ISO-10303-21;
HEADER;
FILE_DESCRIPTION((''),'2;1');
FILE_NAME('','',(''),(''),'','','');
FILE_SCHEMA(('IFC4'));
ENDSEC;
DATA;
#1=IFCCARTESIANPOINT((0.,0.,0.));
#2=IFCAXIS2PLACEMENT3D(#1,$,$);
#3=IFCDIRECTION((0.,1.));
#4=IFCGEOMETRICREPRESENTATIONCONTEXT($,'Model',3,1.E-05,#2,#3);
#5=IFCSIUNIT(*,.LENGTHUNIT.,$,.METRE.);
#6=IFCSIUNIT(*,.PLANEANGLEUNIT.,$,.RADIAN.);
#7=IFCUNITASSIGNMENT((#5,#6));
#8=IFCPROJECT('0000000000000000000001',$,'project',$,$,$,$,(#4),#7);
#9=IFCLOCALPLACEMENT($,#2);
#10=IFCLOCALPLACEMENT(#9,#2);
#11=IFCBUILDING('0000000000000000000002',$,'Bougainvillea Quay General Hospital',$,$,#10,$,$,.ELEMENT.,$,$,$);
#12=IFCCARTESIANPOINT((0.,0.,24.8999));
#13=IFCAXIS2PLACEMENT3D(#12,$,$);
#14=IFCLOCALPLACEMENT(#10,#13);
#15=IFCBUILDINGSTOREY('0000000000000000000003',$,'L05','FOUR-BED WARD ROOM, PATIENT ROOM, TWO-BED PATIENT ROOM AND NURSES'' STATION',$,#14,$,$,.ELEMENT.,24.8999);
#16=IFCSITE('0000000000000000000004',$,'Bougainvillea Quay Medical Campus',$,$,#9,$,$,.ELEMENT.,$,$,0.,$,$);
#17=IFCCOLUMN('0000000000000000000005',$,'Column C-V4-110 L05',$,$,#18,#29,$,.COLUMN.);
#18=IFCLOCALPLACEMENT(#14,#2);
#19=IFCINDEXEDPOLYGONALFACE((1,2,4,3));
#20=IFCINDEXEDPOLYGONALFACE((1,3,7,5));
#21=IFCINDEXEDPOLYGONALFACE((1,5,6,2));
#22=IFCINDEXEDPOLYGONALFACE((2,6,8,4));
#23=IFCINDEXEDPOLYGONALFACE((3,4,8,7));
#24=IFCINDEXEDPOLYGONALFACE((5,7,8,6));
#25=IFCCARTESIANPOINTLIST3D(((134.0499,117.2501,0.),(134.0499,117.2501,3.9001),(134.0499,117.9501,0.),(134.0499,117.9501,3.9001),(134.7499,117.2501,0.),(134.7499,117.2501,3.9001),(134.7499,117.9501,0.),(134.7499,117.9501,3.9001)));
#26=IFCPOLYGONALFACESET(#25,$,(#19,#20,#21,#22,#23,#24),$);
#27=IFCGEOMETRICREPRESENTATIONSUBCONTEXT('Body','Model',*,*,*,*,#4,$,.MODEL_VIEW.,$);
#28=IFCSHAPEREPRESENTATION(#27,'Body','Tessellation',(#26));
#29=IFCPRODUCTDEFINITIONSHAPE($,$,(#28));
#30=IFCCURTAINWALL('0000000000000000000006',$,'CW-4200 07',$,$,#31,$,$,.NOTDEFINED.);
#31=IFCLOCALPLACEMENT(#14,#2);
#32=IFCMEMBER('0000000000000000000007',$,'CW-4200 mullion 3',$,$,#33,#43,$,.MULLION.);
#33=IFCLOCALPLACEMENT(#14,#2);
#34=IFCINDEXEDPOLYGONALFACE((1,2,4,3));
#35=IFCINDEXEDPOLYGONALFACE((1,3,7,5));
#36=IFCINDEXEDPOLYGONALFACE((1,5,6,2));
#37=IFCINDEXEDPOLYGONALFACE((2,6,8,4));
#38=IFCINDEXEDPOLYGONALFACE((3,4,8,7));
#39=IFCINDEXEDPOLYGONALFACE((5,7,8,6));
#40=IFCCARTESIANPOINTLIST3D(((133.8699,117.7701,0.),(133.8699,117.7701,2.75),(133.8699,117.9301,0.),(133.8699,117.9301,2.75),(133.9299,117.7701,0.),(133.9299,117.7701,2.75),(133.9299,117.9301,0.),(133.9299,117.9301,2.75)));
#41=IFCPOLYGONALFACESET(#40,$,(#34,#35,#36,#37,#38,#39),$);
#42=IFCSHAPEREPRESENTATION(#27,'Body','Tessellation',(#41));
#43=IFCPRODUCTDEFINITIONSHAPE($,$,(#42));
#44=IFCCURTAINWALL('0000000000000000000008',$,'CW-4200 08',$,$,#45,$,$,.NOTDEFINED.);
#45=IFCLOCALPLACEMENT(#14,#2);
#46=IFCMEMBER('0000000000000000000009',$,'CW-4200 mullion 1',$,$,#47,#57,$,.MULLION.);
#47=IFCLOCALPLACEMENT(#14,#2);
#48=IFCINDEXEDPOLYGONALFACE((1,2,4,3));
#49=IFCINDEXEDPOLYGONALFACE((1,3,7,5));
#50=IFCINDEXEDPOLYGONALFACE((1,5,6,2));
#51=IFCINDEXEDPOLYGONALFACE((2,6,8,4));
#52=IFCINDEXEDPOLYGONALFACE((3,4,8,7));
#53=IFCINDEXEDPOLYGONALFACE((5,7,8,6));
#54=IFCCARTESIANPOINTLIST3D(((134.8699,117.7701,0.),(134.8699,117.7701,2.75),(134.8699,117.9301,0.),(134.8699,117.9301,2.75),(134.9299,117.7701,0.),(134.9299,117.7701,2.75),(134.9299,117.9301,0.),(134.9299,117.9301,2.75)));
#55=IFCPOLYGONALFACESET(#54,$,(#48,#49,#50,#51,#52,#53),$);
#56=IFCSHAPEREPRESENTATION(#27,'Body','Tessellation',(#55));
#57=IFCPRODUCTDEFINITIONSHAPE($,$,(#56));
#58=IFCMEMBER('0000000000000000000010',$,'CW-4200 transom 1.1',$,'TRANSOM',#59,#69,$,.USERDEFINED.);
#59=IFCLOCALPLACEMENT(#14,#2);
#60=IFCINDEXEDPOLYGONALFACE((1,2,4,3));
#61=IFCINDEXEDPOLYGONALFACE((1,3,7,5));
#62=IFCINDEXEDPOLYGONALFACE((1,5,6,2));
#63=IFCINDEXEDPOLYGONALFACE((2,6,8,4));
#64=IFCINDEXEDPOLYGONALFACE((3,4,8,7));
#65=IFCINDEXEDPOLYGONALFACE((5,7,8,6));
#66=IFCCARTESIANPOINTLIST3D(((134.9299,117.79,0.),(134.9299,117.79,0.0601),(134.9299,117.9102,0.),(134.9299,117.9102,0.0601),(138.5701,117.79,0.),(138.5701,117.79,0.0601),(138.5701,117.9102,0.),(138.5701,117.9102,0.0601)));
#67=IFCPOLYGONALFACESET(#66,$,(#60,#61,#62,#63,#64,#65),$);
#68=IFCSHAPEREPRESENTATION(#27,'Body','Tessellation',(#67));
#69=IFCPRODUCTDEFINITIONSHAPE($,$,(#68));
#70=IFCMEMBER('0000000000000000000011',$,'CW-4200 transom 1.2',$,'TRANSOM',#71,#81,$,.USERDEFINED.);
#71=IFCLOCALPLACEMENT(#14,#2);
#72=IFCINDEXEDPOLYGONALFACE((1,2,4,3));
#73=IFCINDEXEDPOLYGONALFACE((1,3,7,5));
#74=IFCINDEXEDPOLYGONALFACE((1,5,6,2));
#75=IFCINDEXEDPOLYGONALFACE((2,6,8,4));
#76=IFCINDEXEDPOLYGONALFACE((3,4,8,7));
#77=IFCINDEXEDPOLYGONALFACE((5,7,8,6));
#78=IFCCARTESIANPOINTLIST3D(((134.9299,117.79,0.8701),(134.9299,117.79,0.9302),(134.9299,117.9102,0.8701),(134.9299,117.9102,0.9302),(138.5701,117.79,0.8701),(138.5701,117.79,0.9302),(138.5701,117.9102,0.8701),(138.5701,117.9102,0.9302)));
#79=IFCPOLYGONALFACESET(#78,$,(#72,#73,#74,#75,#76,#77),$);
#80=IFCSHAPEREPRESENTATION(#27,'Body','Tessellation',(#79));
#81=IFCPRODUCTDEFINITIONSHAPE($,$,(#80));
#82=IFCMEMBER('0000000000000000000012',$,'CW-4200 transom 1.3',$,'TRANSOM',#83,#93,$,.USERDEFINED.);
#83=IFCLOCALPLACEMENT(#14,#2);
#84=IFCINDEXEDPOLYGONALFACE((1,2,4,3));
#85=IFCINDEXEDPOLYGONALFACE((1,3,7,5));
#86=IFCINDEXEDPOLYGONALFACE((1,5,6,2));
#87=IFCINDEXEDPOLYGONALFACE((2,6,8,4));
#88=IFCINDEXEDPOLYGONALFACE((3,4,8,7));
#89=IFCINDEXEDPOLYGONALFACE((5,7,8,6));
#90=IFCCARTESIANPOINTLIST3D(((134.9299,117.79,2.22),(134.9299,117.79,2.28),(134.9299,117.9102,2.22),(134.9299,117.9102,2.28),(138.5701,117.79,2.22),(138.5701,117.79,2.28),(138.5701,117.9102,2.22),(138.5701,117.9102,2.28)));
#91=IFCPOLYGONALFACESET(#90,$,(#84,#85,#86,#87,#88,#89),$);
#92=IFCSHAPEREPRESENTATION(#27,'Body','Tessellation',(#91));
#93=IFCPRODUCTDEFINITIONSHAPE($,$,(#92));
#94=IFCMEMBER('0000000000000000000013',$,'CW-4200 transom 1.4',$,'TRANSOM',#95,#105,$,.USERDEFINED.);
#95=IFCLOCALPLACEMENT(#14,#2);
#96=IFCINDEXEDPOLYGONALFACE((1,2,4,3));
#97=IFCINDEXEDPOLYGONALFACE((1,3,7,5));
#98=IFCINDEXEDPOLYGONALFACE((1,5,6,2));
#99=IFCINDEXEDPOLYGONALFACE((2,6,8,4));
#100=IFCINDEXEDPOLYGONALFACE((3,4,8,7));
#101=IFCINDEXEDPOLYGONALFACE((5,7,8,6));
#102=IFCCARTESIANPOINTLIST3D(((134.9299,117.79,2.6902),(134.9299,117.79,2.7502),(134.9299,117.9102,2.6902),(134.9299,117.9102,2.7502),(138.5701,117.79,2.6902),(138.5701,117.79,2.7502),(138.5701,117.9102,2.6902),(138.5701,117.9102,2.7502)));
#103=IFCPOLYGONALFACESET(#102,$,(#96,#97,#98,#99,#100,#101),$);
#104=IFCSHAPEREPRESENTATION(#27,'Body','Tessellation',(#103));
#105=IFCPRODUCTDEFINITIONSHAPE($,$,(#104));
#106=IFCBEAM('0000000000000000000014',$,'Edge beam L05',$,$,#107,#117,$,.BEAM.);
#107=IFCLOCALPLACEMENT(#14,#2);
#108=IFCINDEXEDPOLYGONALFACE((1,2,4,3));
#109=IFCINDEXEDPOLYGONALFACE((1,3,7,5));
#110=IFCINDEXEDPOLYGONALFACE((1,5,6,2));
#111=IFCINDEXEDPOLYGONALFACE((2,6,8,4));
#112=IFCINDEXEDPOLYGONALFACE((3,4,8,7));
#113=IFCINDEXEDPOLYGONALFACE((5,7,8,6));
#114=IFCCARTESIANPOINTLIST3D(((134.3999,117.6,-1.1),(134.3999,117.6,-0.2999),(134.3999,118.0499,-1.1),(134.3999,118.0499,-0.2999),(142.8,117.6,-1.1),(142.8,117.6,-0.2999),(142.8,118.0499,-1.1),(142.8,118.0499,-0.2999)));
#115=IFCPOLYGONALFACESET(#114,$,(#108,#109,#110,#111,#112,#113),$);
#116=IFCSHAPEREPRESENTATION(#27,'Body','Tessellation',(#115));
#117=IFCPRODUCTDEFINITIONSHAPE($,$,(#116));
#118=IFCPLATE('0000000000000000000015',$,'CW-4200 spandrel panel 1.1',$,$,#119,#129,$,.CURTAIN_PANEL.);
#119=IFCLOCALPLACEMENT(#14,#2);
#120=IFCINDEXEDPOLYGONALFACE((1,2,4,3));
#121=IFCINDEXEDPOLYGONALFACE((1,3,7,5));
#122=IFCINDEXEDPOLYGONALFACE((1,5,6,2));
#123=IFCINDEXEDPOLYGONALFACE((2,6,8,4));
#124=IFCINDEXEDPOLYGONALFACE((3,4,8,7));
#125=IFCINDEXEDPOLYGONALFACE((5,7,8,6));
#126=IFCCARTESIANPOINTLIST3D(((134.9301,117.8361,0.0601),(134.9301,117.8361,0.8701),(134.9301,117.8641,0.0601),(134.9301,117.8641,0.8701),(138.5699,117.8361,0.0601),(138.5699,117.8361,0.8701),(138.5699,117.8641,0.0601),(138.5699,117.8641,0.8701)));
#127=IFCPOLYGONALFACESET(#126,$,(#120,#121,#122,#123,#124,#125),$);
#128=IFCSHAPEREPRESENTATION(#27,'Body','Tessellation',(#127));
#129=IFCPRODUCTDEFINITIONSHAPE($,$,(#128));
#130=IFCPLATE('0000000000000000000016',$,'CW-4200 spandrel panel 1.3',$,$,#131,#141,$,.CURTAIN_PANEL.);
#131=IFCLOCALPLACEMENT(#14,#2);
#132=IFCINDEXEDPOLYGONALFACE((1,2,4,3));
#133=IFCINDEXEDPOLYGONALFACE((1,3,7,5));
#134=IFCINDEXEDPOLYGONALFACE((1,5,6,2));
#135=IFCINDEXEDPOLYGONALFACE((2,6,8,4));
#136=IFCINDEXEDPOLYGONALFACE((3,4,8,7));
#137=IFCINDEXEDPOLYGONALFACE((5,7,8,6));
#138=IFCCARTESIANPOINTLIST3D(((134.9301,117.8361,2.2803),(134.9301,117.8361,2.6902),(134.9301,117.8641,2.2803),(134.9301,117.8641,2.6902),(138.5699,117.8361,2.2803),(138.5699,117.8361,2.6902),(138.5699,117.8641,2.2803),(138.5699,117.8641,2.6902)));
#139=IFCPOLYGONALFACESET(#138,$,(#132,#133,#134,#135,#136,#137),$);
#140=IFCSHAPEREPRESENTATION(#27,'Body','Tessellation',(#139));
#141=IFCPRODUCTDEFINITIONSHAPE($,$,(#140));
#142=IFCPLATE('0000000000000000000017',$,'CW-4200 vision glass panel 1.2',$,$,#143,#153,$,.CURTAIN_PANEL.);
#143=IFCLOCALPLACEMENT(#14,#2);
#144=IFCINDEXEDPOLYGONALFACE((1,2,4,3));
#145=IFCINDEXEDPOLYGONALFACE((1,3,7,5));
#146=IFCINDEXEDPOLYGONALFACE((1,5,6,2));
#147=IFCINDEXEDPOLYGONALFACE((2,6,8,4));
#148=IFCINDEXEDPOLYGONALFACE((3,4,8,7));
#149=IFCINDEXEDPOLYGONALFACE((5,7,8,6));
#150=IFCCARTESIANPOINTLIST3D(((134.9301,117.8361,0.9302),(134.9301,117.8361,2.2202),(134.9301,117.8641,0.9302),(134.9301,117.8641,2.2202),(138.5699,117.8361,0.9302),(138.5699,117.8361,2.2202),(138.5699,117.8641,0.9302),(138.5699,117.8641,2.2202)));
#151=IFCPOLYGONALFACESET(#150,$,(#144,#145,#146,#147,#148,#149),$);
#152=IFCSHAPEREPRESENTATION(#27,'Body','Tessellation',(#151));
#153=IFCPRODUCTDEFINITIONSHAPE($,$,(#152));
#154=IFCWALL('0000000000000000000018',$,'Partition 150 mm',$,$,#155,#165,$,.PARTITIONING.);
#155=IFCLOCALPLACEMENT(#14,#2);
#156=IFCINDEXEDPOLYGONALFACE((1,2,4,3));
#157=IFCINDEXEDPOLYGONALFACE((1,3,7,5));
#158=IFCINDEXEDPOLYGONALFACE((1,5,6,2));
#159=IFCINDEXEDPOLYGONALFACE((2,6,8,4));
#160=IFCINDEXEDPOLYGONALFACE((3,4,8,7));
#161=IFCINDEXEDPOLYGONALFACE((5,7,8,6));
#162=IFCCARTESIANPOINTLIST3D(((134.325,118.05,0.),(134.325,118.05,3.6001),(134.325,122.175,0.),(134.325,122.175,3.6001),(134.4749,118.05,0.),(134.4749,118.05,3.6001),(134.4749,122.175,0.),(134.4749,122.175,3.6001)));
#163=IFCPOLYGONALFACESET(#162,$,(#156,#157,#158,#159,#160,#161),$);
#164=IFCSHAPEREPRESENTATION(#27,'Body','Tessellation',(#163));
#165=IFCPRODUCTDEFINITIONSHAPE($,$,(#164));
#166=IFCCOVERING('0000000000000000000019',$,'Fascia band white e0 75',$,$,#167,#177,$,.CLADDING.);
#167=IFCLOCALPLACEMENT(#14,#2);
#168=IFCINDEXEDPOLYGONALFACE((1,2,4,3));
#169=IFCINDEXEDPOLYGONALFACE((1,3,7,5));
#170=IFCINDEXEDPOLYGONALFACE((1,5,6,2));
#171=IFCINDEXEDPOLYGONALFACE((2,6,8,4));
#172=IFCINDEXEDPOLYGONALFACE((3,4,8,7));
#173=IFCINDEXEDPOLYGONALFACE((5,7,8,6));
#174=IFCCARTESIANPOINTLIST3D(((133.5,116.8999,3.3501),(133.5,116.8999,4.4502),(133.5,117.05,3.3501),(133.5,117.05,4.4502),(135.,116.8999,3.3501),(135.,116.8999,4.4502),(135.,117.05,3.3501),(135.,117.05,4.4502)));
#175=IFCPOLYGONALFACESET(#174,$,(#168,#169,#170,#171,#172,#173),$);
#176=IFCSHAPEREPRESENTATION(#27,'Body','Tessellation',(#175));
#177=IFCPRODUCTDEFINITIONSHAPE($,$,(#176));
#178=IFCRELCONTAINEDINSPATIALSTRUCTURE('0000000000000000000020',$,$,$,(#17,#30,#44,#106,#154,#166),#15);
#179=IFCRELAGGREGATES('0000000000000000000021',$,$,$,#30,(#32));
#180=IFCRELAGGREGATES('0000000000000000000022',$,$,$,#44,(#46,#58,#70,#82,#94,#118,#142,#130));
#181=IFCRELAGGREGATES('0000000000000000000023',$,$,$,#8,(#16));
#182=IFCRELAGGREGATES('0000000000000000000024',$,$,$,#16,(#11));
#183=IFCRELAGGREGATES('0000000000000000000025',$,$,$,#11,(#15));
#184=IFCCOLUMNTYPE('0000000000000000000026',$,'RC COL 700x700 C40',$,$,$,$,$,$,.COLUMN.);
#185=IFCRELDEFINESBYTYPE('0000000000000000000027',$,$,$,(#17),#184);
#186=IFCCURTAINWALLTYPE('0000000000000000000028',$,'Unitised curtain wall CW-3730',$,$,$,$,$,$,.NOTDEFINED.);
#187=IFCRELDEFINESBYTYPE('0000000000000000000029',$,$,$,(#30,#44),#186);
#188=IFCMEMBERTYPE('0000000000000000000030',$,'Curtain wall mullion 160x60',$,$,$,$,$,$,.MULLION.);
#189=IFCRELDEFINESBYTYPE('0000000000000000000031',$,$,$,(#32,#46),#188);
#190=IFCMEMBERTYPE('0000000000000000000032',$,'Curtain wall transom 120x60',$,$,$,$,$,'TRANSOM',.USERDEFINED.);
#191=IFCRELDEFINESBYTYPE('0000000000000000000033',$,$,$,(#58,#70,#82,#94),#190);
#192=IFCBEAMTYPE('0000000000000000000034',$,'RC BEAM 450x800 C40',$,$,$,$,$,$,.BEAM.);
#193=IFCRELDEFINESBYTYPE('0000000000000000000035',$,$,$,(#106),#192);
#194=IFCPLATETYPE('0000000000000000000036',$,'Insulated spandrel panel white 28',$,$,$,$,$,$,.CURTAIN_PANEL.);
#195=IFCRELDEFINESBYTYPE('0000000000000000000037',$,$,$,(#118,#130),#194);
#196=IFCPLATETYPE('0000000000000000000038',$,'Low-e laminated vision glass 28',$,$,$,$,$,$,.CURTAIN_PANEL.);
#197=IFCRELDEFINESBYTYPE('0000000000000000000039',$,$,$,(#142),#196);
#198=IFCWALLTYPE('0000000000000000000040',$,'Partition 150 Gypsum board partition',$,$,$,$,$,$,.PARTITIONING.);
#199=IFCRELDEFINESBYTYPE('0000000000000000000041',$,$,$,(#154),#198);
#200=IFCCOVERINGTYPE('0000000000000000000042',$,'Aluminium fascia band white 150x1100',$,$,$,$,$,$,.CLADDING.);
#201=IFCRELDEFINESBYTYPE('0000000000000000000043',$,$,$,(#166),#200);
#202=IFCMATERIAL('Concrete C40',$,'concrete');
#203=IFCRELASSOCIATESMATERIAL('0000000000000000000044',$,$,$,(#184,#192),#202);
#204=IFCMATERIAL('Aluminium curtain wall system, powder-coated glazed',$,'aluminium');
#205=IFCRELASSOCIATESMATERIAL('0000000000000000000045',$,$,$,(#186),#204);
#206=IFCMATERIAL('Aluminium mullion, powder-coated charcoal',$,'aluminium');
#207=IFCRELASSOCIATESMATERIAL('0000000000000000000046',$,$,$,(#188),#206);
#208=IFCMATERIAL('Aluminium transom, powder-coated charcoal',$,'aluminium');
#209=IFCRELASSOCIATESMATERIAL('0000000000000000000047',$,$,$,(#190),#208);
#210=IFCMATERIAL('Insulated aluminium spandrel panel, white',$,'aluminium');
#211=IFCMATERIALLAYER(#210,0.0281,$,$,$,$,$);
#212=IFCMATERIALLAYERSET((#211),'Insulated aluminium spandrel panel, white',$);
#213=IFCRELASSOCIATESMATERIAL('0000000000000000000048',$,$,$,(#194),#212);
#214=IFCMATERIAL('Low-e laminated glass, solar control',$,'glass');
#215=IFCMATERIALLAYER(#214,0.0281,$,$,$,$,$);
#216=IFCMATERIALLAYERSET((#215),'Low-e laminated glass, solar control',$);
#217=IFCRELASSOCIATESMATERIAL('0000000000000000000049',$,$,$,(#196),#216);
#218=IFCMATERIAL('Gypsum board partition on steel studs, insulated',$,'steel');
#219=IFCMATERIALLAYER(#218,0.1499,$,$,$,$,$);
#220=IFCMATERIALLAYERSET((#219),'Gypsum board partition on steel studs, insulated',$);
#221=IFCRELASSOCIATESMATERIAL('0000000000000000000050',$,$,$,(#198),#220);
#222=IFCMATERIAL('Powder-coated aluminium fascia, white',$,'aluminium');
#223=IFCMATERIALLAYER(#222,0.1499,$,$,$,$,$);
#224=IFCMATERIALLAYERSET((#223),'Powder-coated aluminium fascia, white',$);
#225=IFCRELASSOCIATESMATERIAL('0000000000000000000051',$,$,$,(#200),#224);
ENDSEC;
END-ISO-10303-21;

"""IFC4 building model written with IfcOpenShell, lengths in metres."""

from ifc_helpers import new_model, si_unit, direction, frame, frame_2d, origin, origin_2d, place, context, subcontext, project, spatial, polyline, rectangle, outline, extrude, material, layer, layer_set, material_profile, profile_set, type_object, element, aggregate, save


model = new_model("IFC4")

# Units and contexts
model_context = context("Model", 3, precision=1e-05, world=origin(), true_north=direction((0.0, 1.0)))
body_context = subcontext(model_context, "Body", "Model", "MODEL_VIEW")
ifc_project = project(units=[si_unit("LENGTHUNIT", "METRE"), si_unit("PLANEANGLEUNIT", "RADIAN")], contexts=[model_context])

# Site, building, storey
site_placement = place(None, origin())
site = spatial("IfcSite", under=ifc_project, at=site_placement, Name="Bougainvillea Quay Medical Campus", CompositionType="ELEMENT", RefElevation=0.0)
building_placement = place(site_placement, origin())
building = spatial("IfcBuilding", under=site, at=building_placement, Name="Bougainvillea Quay General Hospital", CompositionType="ELEMENT")
storey_placement = place(building_placement, frame((0.0, 0.0, 24.8999)))
storey = spatial("IfcBuildingStorey", under=building, at=storey_placement, Name="L05", Description="FOUR-BED WARD ROOM, PATIENT ROOM, TWO-BED PATIENT ROOM AND NURSES' STATION", CompositionType="ELEMENT", Elevation=24.8999)

# Column
ifc_material_1 = material(Name="Concrete C40", Category="concrete")
ifc_material_profile_1 = material_profile(ifc_material_1, rectangle(XDim=0.7, YDim=0.7, at=origin_2d()))
ifc_profile_set_1 = profile_set([ifc_material_profile_1], Name="Concrete C40")
column_type = type_object("IfcColumnType", Name="RC COL 700x700 C40", PredefinedType="COLUMN", material=ifc_profile_set_1)
column_placement = place(storey_placement, frame((134.3999, 117.6001, 0.0), z_axis=(0.0, 0.0, 1.0), x_axis=(1.0, 0.0, 0.0)))
element("IfcColumn", 1, at=column_placement, inside=storey, type_object=column_type, Name="Column C-V4-110 L05", PredefinedType="COLUMN", context=body_context, shape_type="SweptSolid", body=[
    extrude(rectangle(XDim=0.7, YDim=0.7, at=origin_2d()), origin(), (0.0, 0.0, 1.0), 3.9001),
])

# Curtain wall, member
ifc_material_2 = material(Name="Aluminium curtain wall system, powder-coated glazed", Category="aluminium")
curtain_wall_type = type_object("IfcCurtainWallType", Name="Unitised curtain wall CW-3730", PredefinedType="NOTDEFINED", material=ifc_material_2)
curtain_wall_1_placement = place(storey_placement, origin())
curtain_wall_1 = element("IfcCurtainWall", 2, at=curtain_wall_1_placement, inside=storey, type_object=curtain_wall_type, Name="CW-4200 07", PredefinedType="NOTDEFINED")
ifc_material_3 = material(Name="Aluminium mullion, powder-coated charcoal", Category="aluminium")
ifc_material_profile_2 = material_profile(ifc_material_3, rectangle(XDim=0.1599, YDim=0.0601, at=origin_2d()))
ifc_profile_set_2 = profile_set([ifc_material_profile_2], Name="Aluminium mullion, powder-coated charcoal")
member_type_1 = type_object("IfcMemberType", Name="Curtain wall mullion 160x60", PredefinedType="MULLION", material=ifc_profile_set_2)
member_1_placement = place(storey_placement, frame((133.8999, 117.8501, 0.0), z_axis=(0.0, 0.0, 1.0), x_axis=(0.0, 1.0, 0.0)))
member_1 = element("IfcMember", 3, at=member_1_placement, type_object=member_type_1, Name="CW-4200 mullion 3", PredefinedType="MULLION", context=body_context, shape_type="SweptSolid", body=[
    extrude(rectangle(XDim=0.1599, YDim=0.0601, at=origin_2d()), origin(), (0.0, 0.0, 1.0), 2.75),
])
aggregate(curtain_wall_1, [member_1])

# Curtain wall, members
curtain_wall_2_placement = place(storey_placement, origin())
curtain_wall_2 = element("IfcCurtainWall", 4, at=curtain_wall_2_placement, inside=storey, type_object=curtain_wall_type, Name="CW-4200 08", PredefinedType="NOTDEFINED")
member_2_placement = place(storey_placement, frame((134.8999, 117.8501, 0.0), z_axis=(0.0, 0.0, 1.0), x_axis=(0.0, 1.0, 0.0)))
member_2 = element("IfcMember", 5, at=member_2_placement, type_object=member_type_1, Name="CW-4200 mullion 1", PredefinedType="MULLION", context=body_context, shape_type="SweptSolid", body=[
    extrude(rectangle(XDim=0.1599, YDim=0.0601, at=origin_2d()), origin(), (0.0, 0.0, 1.0), 2.75),
])
ifc_material_4 = material(Name="Aluminium transom, powder-coated charcoal", Category="aluminium")
ifc_material_profile_3 = material_profile(ifc_material_4, rectangle(XDim=0.1201, YDim=0.0601, at=origin_2d()))
ifc_profile_set_3 = profile_set([ifc_material_profile_3], Name="Aluminium transom, powder-coated charcoal")
member_type_2 = type_object("IfcMemberType", Name="Curtain wall transom 120x60", ElementType="TRANSOM", PredefinedType="USERDEFINED", material=ifc_profile_set_3)
member_3_placement = place(storey_placement, frame((134.9299, 117.8501, 0.03), z_axis=(1.0, 0.0, 0.0), x_axis=(0.0, 1.0, 0.0)))
member_3 = element("IfcMember", 6, at=member_3_placement, type_object=member_type_2, Name="CW-4200 transom 1.1", ObjectType="TRANSOM", PredefinedType="USERDEFINED", context=body_context, shape_type="SweptSolid", body=[
    extrude(rectangle(XDim=0.1201, YDim=0.0601, at=origin_2d()), origin(), (0.0, 0.0, 1.0), 3.6401),
])
member_4_placement = place(storey_placement, frame((134.9299, 117.8501, 0.9001), z_axis=(1.0, 0.0, 0.0), x_axis=(0.0, 1.0, 0.0)))
member_4 = element("IfcMember", 7, at=member_4_placement, type_object=member_type_2, Name="CW-4200 transom 1.2", ObjectType="TRANSOM", PredefinedType="USERDEFINED", context=body_context, shape_type="SweptSolid", body=[
    extrude(rectangle(XDim=0.1201, YDim=0.0601, at=origin_2d()), origin(), (0.0, 0.0, 1.0), 3.6401),
])
member_5_placement = place(storey_placement, frame((134.9299, 117.8501, 2.25), z_axis=(1.0, 0.0, 0.0), x_axis=(0.0, 1.0, 0.0)))
member_5 = element("IfcMember", 8, at=member_5_placement, type_object=member_type_2, Name="CW-4200 transom 1.3", ObjectType="TRANSOM", PredefinedType="USERDEFINED", context=body_context, shape_type="SweptSolid", body=[
    extrude(rectangle(XDim=0.1201, YDim=0.0601, at=origin_2d()), origin(), (0.0, 0.0, 1.0), 3.6401),
])
member_6_placement = place(storey_placement, frame((134.9299, 117.8501, 2.7202), z_axis=(1.0, 0.0, 0.0), x_axis=(0.0, 1.0, 0.0)))
member_6 = element("IfcMember", 9, at=member_6_placement, type_object=member_type_2, Name="CW-4200 transom 1.4", ObjectType="TRANSOM", PredefinedType="USERDEFINED", context=body_context, shape_type="SweptSolid", body=[
    extrude(rectangle(XDim=0.1201, YDim=0.0601, at=origin_2d()), origin(), (0.0, 0.0, 1.0), 3.6401),
])

# Beam
ifc_material_profile_4 = material_profile(ifc_material_1, rectangle(XDim=0.45, YDim=0.8, at=origin_2d()))
ifc_profile_set_4 = profile_set([ifc_material_profile_4], Name="Concrete C40")
beam_type = type_object("IfcBeamType", Name="RC BEAM 450x800 C40", PredefinedType="BEAM", material=ifc_profile_set_4)
beam_placement = place(storey_placement, frame((134.3999, 117.825, -0.7), z_axis=(1.0, 0.0, 0.0), x_axis=(0.0, 1.0, 0.0)))
element("IfcBeam", 10, at=beam_placement, inside=storey, type_object=beam_type, Name="Edge beam L05", PredefinedType="BEAM", context=body_context, shape_type="SweptSolid", body=[
    extrude(rectangle(XDim=0.45, YDim=0.8, at=origin_2d()), origin(), (0.0, 0.0, 1.0), 8.4001),
])

# Plates
ifc_material_5 = material(Name="Insulated aluminium spandrel panel, white", Category="aluminium")
ifc_layer_1 = layer(ifc_material_5, 0.0281)
ifc_layer_set_1 = layer_set([ifc_layer_1], Name="Insulated aluminium spandrel panel, white")
plate_type_1 = type_object("IfcPlateType", Name="Insulated spandrel panel white 28", PredefinedType="CURTAIN_PANEL", material=ifc_layer_set_1)
plate_1_placement = place(storey_placement, frame((136.75, 117.8501, 0.0601), z_axis=(0.0, 0.0, 1.0), x_axis=(1.0, 0.0, 0.0)))
plate_1 = element("IfcPlate", 11, at=plate_1_placement, type_object=plate_type_1, Name="CW-4200 spandrel panel 1.1", PredefinedType="CURTAIN_PANEL", context=body_context, shape_type="SweptSolid", body=[
    extrude(rectangle(XDim=3.6399, YDim=0.0281, at=origin_2d()), origin(), (0.0, 0.0, 1.0), 0.8101),
])
plate_2_placement = place(storey_placement, frame((136.75, 117.8501, 2.2803), z_axis=(0.0, 0.0, 1.0), x_axis=(1.0, 0.0, 0.0)))
plate_2 = element("IfcPlate", 12, at=plate_2_placement, type_object=plate_type_1, Name="CW-4200 spandrel panel 1.3", PredefinedType="CURTAIN_PANEL", context=body_context, shape_type="SweptSolid", body=[
    extrude(rectangle(XDim=3.6399, YDim=0.0281, at=origin_2d()), origin(), (0.0, 0.0, 1.0), 0.4099),
])
ifc_material_6 = material(Name="Low-e laminated glass, solar control", Category="glass")
ifc_layer_2 = layer(ifc_material_6, 0.0281)
ifc_layer_set_2 = layer_set([ifc_layer_2], Name="Low-e laminated glass, solar control")
plate_type_2 = type_object("IfcPlateType", Name="Low-e laminated vision glass 28", PredefinedType="CURTAIN_PANEL", material=ifc_layer_set_2)
plate_3_placement = place(storey_placement, frame((136.75, 117.8501, 0.9302), z_axis=(0.0, 0.0, 1.0), x_axis=(1.0, 0.0, 0.0)))
plate_3 = element("IfcPlate", 13, at=plate_3_placement, type_object=plate_type_2, Name="CW-4200 vision glass panel 1.2", PredefinedType="CURTAIN_PANEL", context=body_context, shape_type="SweptSolid", body=[
    extrude(rectangle(XDim=3.6399, YDim=0.0281, at=origin_2d()), origin(), (0.0, 0.0, 1.0), 1.29),
])
aggregate(curtain_wall_2, [member_2, member_3, member_4, member_5, member_6, plate_1, plate_3, plate_2])

# Wall
ifc_material_7 = material(Name="Gypsum board partition on steel studs, insulated", Category="steel")
ifc_layer_3 = layer(ifc_material_7, 0.1499)
ifc_layer_set_3 = layer_set([ifc_layer_3], Name="Gypsum board partition on steel studs, insulated")
wall_type = type_object("IfcWallType", Name="Partition 150 Gypsum board partition", PredefinedType="PARTITIONING", material=ifc_layer_set_3)
wall_placement = place(storey_placement, frame((134.3999, 118.05, 0.0), z_axis=(0.0, 0.0, 1.0), x_axis=(0.0, 1.0, 0.0)))
element("IfcWall", 14, at=wall_placement, inside=storey, type_object=wall_type, Name="Partition 150 mm", PredefinedType="PARTITIONING", context=body_context, shape_type="SweptSolid", body=[
    extrude(rectangle(XDim=4.125, YDim=0.1499, at=frame_2d((2.0625, 0.0))), origin(), (0.0, 0.0, 1.0), 3.6001),
])

# Covering
ifc_material_8 = material(Name="Powder-coated aluminium fascia, white", Category="aluminium")
ifc_layer_4 = layer(ifc_material_8, 0.1499)
ifc_layer_set_4 = layer_set([ifc_layer_4], Name="Powder-coated aluminium fascia, white")
covering_type = type_object("IfcCoveringType", Name="Aluminium fascia band white 150x1100", PredefinedType="CLADDING", material=ifc_layer_set_4)
for number, where, z_axis, x_axis, name in (
    (15, (133.5, 117.05, 3.3501), (0.0, 0.0, 1.0), (1.0, 0.0, 0.0), "Fascia band white e0 75"),
):
    element("IfcCovering", number, at=place(storey_placement, frame(where, z_axis=z_axis, x_axis=x_axis)), inside=storey, type_object=covering_type, Name=name, PredefinedType="CLADDING", context=body_context, shape_type="SweptSolid", body=[
        extrude(outline(polyline([(0.0, 0.0), (1.5, 0.0), (1.5, -0.1501), (0.0, -0.1501), (0.0, 0.0)])), origin(), (0.0, 0.0, 1.0), 1.1001),
    ])

save(model, "model.ifc")
